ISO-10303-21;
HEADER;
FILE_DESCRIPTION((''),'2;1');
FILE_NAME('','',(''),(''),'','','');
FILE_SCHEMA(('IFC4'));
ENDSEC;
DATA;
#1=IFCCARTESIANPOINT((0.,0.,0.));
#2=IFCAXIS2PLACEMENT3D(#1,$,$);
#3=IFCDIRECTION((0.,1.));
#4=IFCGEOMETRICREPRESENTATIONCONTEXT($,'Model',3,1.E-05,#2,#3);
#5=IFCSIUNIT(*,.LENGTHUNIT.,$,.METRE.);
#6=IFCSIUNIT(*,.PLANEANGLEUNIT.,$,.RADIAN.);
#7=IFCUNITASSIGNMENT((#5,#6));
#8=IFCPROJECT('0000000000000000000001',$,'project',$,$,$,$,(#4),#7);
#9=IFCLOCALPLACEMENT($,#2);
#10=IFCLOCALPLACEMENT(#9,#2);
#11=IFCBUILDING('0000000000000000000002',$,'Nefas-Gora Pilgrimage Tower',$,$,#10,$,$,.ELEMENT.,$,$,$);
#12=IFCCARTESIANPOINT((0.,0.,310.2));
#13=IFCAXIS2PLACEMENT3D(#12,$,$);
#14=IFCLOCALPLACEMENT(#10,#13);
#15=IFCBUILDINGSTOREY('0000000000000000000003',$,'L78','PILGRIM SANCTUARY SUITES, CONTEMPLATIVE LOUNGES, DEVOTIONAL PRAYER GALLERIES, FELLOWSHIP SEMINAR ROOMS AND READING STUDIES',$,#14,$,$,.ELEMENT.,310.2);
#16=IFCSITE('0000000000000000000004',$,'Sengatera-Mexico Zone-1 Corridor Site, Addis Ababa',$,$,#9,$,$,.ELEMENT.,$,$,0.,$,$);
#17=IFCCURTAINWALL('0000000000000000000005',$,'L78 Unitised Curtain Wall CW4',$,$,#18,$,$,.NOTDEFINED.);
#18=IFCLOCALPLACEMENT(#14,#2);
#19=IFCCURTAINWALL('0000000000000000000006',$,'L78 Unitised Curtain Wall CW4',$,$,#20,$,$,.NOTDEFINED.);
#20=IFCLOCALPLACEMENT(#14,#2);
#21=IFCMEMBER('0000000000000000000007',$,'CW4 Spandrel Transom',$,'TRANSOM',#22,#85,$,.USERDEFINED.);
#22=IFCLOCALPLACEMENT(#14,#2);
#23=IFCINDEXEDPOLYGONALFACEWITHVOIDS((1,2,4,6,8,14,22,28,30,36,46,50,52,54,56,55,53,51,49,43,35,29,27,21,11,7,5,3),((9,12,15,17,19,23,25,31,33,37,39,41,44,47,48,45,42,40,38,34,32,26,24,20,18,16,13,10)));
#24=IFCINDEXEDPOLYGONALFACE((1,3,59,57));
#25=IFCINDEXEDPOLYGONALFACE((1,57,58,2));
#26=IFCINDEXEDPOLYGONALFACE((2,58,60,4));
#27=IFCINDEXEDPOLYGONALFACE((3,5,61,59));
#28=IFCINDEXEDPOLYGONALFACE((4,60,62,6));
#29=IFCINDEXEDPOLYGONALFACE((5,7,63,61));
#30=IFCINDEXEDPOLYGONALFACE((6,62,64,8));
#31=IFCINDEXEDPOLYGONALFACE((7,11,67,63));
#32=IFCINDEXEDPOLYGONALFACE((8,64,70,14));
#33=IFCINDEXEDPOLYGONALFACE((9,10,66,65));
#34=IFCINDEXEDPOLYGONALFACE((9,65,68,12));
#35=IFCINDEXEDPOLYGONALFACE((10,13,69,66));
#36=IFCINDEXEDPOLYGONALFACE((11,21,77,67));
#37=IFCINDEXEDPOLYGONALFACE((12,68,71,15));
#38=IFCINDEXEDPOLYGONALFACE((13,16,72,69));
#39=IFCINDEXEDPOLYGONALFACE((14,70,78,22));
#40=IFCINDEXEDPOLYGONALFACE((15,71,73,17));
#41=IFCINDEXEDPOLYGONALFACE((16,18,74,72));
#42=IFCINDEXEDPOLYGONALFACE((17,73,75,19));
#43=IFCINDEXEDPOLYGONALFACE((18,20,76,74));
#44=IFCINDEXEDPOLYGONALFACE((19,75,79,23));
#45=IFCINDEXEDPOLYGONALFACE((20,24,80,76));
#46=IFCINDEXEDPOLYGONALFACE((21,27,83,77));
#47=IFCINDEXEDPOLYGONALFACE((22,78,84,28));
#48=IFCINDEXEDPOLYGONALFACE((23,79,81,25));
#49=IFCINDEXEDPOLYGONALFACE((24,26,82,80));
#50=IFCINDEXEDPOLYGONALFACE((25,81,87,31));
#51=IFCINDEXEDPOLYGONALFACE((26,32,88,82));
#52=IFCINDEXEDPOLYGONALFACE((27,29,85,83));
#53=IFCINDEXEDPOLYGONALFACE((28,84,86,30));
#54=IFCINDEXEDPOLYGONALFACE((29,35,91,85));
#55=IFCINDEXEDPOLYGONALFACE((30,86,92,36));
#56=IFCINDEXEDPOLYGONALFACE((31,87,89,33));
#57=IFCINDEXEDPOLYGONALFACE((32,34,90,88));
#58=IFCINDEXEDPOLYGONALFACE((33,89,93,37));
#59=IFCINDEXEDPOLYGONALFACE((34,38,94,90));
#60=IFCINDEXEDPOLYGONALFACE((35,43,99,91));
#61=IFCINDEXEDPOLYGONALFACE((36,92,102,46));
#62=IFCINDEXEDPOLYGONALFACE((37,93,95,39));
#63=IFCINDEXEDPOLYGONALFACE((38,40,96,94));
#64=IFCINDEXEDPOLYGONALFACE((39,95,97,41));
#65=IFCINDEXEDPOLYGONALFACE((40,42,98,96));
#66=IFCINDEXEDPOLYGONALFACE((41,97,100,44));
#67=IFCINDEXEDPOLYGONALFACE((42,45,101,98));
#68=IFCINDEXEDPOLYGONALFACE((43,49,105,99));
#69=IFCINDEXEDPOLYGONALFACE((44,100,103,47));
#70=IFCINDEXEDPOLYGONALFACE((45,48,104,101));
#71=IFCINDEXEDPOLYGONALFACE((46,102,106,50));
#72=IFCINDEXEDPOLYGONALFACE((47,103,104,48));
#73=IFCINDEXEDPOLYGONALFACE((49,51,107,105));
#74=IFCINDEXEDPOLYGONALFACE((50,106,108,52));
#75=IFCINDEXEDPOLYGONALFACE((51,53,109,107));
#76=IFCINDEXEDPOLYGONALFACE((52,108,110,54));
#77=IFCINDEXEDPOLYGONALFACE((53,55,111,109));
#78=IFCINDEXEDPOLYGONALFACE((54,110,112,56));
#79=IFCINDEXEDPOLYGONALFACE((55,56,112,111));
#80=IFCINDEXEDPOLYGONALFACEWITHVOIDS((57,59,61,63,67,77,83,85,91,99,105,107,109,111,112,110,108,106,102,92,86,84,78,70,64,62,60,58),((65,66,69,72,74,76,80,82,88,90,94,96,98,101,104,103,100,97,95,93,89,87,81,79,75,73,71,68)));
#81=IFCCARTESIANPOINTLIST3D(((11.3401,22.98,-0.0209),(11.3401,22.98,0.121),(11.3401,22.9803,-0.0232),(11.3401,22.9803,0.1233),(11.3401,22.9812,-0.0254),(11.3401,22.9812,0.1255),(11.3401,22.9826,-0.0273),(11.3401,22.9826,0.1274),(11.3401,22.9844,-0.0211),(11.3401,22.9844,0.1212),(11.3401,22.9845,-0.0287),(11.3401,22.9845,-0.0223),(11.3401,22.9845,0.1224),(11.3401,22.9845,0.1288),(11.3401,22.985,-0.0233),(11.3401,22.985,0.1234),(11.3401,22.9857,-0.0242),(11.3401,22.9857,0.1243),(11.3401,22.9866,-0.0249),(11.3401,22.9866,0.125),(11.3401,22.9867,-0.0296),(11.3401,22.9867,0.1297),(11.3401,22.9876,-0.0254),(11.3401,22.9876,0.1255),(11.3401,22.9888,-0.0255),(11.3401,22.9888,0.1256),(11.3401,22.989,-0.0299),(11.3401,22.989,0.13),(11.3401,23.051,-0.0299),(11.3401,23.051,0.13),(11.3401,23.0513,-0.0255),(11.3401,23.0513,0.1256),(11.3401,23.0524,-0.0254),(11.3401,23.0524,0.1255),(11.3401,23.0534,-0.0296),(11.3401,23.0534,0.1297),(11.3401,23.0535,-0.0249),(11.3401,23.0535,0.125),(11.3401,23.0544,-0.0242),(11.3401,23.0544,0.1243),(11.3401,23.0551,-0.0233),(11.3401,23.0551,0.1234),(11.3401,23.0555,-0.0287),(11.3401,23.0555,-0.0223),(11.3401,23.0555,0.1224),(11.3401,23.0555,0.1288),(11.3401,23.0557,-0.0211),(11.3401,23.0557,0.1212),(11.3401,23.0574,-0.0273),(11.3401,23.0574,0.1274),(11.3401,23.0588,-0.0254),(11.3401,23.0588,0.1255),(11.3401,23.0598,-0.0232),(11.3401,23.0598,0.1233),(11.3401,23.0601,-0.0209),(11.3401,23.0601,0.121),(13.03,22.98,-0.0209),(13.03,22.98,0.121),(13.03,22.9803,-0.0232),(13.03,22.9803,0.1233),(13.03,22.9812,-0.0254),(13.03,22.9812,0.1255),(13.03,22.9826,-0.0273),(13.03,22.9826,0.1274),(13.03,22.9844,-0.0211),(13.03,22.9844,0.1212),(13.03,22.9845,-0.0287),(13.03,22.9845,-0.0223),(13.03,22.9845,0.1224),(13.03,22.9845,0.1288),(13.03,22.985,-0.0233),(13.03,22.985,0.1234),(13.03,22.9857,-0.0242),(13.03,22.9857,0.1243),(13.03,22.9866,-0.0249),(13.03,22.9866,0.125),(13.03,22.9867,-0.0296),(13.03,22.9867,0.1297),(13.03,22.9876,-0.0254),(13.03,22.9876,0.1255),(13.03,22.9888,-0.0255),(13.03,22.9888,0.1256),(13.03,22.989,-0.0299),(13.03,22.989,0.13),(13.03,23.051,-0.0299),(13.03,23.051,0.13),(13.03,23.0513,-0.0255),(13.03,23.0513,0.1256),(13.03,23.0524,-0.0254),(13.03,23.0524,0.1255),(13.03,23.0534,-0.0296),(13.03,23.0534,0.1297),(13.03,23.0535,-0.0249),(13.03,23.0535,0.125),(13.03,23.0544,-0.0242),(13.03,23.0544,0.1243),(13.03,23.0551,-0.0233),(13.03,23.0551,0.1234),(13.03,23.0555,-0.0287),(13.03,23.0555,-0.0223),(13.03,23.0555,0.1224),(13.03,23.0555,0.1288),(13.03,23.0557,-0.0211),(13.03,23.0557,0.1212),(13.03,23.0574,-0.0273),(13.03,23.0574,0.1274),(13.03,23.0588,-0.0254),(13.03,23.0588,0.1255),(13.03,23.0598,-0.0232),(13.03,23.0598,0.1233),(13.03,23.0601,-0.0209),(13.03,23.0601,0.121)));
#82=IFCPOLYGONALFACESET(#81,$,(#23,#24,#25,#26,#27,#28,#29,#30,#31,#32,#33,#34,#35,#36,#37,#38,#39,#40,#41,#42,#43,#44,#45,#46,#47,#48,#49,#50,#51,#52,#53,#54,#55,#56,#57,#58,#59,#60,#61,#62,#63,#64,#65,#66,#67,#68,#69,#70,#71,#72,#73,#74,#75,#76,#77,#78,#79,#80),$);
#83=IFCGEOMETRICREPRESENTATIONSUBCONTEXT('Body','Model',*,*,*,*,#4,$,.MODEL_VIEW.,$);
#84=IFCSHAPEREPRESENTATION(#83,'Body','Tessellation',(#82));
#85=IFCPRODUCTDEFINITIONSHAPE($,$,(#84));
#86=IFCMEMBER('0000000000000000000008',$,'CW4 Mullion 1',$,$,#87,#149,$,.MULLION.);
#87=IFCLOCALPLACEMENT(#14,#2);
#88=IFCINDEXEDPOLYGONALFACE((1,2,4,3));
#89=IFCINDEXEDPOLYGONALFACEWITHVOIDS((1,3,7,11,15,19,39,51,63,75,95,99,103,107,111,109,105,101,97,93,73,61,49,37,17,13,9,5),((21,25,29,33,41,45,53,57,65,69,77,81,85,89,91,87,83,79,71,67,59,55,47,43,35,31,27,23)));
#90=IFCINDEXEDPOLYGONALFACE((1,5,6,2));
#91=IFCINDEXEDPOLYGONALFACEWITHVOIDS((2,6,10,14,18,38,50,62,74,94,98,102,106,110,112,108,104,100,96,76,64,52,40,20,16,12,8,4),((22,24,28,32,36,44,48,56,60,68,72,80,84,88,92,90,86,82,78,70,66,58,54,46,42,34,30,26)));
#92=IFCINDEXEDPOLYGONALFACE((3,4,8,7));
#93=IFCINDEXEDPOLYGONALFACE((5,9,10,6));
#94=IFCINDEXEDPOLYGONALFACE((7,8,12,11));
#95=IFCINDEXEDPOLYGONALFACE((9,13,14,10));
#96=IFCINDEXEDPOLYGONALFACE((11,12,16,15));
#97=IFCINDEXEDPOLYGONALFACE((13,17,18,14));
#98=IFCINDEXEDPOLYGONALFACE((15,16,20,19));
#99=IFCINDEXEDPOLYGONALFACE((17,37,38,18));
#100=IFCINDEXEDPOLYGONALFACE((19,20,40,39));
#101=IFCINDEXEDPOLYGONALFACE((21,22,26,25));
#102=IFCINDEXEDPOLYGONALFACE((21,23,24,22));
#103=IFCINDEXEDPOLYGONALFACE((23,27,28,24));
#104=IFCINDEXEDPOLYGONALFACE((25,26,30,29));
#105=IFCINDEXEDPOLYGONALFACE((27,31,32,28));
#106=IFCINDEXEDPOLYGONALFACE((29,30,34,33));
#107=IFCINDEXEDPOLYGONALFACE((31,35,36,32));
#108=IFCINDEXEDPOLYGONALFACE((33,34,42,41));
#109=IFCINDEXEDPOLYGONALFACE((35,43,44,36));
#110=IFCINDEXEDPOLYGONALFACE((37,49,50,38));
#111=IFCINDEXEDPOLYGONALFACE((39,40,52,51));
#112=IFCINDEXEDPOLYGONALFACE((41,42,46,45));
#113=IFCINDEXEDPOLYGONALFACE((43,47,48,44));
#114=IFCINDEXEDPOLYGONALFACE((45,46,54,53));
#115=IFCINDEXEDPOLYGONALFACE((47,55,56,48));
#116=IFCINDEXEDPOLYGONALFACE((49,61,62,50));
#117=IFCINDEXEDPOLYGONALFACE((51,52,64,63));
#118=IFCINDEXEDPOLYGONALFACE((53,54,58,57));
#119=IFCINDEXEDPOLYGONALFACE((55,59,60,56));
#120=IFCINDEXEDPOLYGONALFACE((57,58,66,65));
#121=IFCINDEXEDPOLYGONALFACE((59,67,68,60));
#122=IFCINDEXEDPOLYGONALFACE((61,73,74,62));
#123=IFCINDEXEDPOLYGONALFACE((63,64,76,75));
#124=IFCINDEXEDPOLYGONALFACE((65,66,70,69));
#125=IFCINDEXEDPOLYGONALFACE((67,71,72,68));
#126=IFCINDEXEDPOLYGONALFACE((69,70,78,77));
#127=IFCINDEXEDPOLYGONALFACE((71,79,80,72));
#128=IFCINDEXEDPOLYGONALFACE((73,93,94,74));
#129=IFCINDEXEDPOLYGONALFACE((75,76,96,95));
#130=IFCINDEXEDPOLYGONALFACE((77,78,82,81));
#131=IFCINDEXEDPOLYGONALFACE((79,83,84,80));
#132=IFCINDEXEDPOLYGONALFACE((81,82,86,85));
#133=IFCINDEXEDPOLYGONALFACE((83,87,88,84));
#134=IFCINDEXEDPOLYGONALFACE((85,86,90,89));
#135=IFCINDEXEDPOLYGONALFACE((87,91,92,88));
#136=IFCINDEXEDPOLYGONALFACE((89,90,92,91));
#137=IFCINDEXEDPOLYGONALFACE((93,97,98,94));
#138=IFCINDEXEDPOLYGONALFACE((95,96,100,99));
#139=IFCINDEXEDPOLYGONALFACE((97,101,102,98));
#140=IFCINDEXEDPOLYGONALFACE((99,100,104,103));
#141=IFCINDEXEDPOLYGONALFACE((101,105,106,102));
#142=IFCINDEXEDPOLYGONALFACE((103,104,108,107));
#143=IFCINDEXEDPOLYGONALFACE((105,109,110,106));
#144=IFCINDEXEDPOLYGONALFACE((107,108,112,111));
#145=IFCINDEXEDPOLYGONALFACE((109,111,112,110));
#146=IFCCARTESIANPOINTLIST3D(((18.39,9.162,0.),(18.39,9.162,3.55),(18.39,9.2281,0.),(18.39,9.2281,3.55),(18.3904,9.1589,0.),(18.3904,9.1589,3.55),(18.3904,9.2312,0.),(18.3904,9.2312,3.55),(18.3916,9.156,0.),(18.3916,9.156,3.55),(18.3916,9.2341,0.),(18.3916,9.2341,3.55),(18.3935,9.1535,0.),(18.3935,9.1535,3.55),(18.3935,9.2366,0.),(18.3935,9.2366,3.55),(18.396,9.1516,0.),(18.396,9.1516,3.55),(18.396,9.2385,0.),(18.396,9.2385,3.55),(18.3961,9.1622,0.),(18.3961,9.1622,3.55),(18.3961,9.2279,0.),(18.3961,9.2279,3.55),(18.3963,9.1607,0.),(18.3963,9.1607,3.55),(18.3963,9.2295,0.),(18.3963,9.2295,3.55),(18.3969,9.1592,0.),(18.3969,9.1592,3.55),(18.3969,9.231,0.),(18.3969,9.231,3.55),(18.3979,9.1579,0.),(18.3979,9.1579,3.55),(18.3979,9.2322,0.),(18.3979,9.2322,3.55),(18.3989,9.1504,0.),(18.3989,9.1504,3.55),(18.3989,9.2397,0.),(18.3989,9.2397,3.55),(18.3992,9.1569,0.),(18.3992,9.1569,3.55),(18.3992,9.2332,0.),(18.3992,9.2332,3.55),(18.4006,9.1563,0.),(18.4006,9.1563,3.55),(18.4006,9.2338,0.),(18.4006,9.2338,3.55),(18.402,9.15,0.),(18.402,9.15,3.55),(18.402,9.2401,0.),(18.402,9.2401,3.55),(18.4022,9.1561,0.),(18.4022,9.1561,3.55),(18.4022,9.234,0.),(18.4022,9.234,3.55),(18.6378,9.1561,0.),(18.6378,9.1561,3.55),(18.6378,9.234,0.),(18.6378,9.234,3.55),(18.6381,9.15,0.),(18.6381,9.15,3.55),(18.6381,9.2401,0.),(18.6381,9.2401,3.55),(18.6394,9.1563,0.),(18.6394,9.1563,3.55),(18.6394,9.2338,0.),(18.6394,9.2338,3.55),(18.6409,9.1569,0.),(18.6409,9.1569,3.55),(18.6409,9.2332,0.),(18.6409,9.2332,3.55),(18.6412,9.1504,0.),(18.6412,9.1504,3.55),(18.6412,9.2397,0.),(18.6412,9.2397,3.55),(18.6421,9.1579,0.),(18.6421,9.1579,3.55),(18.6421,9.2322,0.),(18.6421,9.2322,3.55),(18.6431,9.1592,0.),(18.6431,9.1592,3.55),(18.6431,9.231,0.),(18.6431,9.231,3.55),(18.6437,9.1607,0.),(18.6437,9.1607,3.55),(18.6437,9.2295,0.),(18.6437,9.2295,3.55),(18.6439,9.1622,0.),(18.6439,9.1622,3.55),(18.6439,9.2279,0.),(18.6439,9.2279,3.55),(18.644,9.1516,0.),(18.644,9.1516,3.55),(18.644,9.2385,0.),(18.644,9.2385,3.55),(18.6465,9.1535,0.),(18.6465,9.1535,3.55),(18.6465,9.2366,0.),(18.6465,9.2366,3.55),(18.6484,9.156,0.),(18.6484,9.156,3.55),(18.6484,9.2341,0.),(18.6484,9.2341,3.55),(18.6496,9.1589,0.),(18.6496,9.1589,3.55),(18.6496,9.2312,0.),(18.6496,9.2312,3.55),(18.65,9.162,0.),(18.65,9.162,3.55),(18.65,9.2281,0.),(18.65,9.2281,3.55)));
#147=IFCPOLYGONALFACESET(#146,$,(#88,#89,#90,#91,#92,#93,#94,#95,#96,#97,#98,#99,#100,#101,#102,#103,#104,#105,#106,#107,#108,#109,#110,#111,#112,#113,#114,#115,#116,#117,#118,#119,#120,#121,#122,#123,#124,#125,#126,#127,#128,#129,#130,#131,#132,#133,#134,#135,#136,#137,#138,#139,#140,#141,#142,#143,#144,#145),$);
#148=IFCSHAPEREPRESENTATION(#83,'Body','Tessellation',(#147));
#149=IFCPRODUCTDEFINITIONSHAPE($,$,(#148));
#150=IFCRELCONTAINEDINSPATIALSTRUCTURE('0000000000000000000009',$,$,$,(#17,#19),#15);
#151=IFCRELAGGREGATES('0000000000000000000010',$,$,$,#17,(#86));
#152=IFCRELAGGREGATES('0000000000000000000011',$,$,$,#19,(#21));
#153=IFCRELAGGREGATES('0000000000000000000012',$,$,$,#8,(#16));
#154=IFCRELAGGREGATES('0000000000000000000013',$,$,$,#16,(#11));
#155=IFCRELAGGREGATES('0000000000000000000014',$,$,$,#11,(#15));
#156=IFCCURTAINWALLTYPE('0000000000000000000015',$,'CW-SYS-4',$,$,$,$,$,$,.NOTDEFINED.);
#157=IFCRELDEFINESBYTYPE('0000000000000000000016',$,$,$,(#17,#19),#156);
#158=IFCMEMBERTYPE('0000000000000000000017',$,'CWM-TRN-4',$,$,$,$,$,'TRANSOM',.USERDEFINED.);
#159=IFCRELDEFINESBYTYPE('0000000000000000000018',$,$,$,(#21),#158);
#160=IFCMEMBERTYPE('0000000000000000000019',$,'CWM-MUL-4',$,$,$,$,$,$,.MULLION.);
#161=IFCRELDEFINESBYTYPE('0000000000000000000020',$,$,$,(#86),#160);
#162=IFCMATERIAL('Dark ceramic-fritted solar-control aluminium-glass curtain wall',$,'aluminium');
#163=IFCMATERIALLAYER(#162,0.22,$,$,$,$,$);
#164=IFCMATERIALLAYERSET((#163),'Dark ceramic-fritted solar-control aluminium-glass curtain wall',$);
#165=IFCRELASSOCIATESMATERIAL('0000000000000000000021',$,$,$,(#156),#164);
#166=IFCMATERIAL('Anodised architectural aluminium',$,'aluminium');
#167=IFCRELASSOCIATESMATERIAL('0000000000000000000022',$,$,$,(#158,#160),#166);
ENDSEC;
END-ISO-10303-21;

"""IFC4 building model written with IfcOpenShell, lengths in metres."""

from ifc_helpers import new_model, si_unit, direction, frame, origin, origin_2d, place, context, subcontext, project, spatial, hollow_rectangle, extrude, source, transform, mapped, material, layer, layer_set, material_profile, profile_set, type_object, element, aggregate, save


model = new_model("IFC4")

# Units and contexts
model_context = context("Model", 3, precision=1e-05, world=origin(), true_north=direction((0.0, 1.0)))
body_context = subcontext(model_context, "Body", "Model", "MODEL_VIEW")
ifc_project = project(units=[si_unit("LENGTHUNIT", "METRE"), si_unit("PLANEANGLEUNIT", "RADIAN")], contexts=[model_context])

# Site, building, storey
site_placement = place(None, origin())
site = spatial("IfcSite", under=ifc_project, at=site_placement, Name="Sengatera-Mexico Zone-1 Corridor Site, Addis Ababa", CompositionType="ELEMENT", RefElevation=0.0)
building_placement = place(site_placement, origin())
building = spatial("IfcBuilding", under=site, at=building_placement, Name="Nefas-Gora Pilgrimage Tower", CompositionType="ELEMENT")
storey_placement = place(building_placement, frame((0.0, 0.0, 310.2)))
storey = spatial("IfcBuildingStorey", under=building, at=storey_placement, Name="L78", Description="PILGRIM SANCTUARY SUITES, CONTEMPLATIVE LOUNGES, DEVOTIONAL PRAYER GALLERIES, FELLOWSHIP SEMINAR ROOMS AND READING STUDIES", CompositionType="ELEMENT", Elevation=310.2)

# Shared definitions
ifc_material_1 = material(Name="Dark ceramic-fritted solar-control aluminium-glass curtain wall", Category="aluminium")
ifc_material_2 = material(Name="Anodised architectural aluminium", Category="aluminium")

# Curtain walls, member
ifc_layer_1 = layer(ifc_material_1, 0.22)
ifc_layer_set_1 = layer_set([ifc_layer_1], Name="Dark ceramic-fritted solar-control aluminium-glass curtain wall")
curtain_wall_type_1 = type_object("IfcCurtainWallType", Name="CW-SYS-4", PredefinedType="NOTDEFINED", material=ifc_layer_set_1)
curtain_wall_1_placement = place(storey_placement, origin())
curtain_wall_1 = element("IfcCurtainWall", 1, at=curtain_wall_1_placement, inside=storey, type_object=curtain_wall_type_1, Name="L78 Unitised Curtain Wall CW4", PredefinedType="NOTDEFINED")
ifc_material_profile_1 = material_profile(ifc_material_2, hollow_rectangle(XDim=0.0801, YDim=0.1599, WallThickness=0.0044, InnerFilletRadius=0.0044, OuterFilletRadius=0.009, at=origin_2d()), Name="ALU TRANSOM 80x160")
ifc_profile_set_1 = profile_set([ifc_material_profile_1], Name="Anodised architectural aluminium")
member_type_1 = type_object("IfcMemberType", Name="CWM-TRN-4", ElementType="TRANSOM", PredefinedType="USERDEFINED", material=ifc_profile_set_1)
curtain_wall_2_placement = place(storey_placement, origin())
curtain_wall_2 = element("IfcCurtainWall", 2, at=curtain_wall_2_placement, inside=storey, type_object=curtain_wall_type_1, Name="L78 Unitised Curtain Wall CW4", PredefinedType="NOTDEFINED")
shared_shape_1 = source(origin(), body_context, "Body", "SweptSolid", [
    extrude(hollow_rectangle(XDim=0.0801, YDim=0.1599, WallThickness=0.0044, InnerFilletRadius=0.0044, OuterFilletRadius=0.009, at=origin_2d()), origin(), (0.0, 0.0, 1.0), 1.6899),
])
member_1_placement = place(storey_placement, frame((13.03, 23.02, 0.05), z_axis=(-1.0, 0.0, 0.0), x_axis=(0.0, -1.0, 0.0)))
member_1 = element("IfcMember", 3, at=member_1_placement, type_object=member_type_1, Name="CW4 Spandrel Transom", ObjectType="TRANSOM", PredefinedType="USERDEFINED", context=body_context, shape_type="MappedRepresentation", body=[
    mapped(shared_shape_1, transform((0.0, 0.0, 0.0), x_axis=(1.0, 0.0, 0.0), y_axis=(0.0, 1.0, 0.0), z_axis=(0.0, 0.0, 1.0), scale=1.0)),
])

# Member
ifc_material_profile_2 = material_profile(ifc_material_2, hollow_rectangle(XDim=0.0901, YDim=0.26, WallThickness=0.0061, InnerFilletRadius=0.0061, OuterFilletRadius=0.012, at=origin_2d()), Name="ALU MULLION 90x260")
ifc_profile_set_2 = profile_set([ifc_material_profile_2], Name="Anodised architectural aluminium")
member_type_2 = type_object("IfcMemberType", Name="CWM-MUL-4", PredefinedType="MULLION", material=ifc_profile_set_2)
shared_shape_2 = source(origin(), body_context, "Body", "SweptSolid", [
    extrude(hollow_rectangle(XDim=0.0901, YDim=0.26, WallThickness=0.0061, InnerFilletRadius=0.0061, OuterFilletRadius=0.012, at=origin_2d()), origin(), (0.0, 0.0, 1.0), 3.55),
])
member_2_placement = place(storey_placement, frame((18.52, 9.1951, 0.0), z_axis=(0.0, 0.0, 1.0), x_axis=(0.0, 1.0, 0.0)))
member_2 = element("IfcMember", 4, at=member_2_placement, type_object=member_type_2, Name="CW4 Mullion 1", PredefinedType="MULLION", context=body_context, shape_type="MappedRepresentation", body=[
    mapped(shared_shape_2, transform((0.0, 0.0, 0.0), x_axis=(1.0, 0.0, 0.0), y_axis=(0.0, 1.0, 0.0), z_axis=(0.0, 0.0, 1.0), scale=1.0)),
])

aggregate(curtain_wall_1, [member_2])
aggregate(curtain_wall_2, [member_1])

save(model, "model.ifc")
